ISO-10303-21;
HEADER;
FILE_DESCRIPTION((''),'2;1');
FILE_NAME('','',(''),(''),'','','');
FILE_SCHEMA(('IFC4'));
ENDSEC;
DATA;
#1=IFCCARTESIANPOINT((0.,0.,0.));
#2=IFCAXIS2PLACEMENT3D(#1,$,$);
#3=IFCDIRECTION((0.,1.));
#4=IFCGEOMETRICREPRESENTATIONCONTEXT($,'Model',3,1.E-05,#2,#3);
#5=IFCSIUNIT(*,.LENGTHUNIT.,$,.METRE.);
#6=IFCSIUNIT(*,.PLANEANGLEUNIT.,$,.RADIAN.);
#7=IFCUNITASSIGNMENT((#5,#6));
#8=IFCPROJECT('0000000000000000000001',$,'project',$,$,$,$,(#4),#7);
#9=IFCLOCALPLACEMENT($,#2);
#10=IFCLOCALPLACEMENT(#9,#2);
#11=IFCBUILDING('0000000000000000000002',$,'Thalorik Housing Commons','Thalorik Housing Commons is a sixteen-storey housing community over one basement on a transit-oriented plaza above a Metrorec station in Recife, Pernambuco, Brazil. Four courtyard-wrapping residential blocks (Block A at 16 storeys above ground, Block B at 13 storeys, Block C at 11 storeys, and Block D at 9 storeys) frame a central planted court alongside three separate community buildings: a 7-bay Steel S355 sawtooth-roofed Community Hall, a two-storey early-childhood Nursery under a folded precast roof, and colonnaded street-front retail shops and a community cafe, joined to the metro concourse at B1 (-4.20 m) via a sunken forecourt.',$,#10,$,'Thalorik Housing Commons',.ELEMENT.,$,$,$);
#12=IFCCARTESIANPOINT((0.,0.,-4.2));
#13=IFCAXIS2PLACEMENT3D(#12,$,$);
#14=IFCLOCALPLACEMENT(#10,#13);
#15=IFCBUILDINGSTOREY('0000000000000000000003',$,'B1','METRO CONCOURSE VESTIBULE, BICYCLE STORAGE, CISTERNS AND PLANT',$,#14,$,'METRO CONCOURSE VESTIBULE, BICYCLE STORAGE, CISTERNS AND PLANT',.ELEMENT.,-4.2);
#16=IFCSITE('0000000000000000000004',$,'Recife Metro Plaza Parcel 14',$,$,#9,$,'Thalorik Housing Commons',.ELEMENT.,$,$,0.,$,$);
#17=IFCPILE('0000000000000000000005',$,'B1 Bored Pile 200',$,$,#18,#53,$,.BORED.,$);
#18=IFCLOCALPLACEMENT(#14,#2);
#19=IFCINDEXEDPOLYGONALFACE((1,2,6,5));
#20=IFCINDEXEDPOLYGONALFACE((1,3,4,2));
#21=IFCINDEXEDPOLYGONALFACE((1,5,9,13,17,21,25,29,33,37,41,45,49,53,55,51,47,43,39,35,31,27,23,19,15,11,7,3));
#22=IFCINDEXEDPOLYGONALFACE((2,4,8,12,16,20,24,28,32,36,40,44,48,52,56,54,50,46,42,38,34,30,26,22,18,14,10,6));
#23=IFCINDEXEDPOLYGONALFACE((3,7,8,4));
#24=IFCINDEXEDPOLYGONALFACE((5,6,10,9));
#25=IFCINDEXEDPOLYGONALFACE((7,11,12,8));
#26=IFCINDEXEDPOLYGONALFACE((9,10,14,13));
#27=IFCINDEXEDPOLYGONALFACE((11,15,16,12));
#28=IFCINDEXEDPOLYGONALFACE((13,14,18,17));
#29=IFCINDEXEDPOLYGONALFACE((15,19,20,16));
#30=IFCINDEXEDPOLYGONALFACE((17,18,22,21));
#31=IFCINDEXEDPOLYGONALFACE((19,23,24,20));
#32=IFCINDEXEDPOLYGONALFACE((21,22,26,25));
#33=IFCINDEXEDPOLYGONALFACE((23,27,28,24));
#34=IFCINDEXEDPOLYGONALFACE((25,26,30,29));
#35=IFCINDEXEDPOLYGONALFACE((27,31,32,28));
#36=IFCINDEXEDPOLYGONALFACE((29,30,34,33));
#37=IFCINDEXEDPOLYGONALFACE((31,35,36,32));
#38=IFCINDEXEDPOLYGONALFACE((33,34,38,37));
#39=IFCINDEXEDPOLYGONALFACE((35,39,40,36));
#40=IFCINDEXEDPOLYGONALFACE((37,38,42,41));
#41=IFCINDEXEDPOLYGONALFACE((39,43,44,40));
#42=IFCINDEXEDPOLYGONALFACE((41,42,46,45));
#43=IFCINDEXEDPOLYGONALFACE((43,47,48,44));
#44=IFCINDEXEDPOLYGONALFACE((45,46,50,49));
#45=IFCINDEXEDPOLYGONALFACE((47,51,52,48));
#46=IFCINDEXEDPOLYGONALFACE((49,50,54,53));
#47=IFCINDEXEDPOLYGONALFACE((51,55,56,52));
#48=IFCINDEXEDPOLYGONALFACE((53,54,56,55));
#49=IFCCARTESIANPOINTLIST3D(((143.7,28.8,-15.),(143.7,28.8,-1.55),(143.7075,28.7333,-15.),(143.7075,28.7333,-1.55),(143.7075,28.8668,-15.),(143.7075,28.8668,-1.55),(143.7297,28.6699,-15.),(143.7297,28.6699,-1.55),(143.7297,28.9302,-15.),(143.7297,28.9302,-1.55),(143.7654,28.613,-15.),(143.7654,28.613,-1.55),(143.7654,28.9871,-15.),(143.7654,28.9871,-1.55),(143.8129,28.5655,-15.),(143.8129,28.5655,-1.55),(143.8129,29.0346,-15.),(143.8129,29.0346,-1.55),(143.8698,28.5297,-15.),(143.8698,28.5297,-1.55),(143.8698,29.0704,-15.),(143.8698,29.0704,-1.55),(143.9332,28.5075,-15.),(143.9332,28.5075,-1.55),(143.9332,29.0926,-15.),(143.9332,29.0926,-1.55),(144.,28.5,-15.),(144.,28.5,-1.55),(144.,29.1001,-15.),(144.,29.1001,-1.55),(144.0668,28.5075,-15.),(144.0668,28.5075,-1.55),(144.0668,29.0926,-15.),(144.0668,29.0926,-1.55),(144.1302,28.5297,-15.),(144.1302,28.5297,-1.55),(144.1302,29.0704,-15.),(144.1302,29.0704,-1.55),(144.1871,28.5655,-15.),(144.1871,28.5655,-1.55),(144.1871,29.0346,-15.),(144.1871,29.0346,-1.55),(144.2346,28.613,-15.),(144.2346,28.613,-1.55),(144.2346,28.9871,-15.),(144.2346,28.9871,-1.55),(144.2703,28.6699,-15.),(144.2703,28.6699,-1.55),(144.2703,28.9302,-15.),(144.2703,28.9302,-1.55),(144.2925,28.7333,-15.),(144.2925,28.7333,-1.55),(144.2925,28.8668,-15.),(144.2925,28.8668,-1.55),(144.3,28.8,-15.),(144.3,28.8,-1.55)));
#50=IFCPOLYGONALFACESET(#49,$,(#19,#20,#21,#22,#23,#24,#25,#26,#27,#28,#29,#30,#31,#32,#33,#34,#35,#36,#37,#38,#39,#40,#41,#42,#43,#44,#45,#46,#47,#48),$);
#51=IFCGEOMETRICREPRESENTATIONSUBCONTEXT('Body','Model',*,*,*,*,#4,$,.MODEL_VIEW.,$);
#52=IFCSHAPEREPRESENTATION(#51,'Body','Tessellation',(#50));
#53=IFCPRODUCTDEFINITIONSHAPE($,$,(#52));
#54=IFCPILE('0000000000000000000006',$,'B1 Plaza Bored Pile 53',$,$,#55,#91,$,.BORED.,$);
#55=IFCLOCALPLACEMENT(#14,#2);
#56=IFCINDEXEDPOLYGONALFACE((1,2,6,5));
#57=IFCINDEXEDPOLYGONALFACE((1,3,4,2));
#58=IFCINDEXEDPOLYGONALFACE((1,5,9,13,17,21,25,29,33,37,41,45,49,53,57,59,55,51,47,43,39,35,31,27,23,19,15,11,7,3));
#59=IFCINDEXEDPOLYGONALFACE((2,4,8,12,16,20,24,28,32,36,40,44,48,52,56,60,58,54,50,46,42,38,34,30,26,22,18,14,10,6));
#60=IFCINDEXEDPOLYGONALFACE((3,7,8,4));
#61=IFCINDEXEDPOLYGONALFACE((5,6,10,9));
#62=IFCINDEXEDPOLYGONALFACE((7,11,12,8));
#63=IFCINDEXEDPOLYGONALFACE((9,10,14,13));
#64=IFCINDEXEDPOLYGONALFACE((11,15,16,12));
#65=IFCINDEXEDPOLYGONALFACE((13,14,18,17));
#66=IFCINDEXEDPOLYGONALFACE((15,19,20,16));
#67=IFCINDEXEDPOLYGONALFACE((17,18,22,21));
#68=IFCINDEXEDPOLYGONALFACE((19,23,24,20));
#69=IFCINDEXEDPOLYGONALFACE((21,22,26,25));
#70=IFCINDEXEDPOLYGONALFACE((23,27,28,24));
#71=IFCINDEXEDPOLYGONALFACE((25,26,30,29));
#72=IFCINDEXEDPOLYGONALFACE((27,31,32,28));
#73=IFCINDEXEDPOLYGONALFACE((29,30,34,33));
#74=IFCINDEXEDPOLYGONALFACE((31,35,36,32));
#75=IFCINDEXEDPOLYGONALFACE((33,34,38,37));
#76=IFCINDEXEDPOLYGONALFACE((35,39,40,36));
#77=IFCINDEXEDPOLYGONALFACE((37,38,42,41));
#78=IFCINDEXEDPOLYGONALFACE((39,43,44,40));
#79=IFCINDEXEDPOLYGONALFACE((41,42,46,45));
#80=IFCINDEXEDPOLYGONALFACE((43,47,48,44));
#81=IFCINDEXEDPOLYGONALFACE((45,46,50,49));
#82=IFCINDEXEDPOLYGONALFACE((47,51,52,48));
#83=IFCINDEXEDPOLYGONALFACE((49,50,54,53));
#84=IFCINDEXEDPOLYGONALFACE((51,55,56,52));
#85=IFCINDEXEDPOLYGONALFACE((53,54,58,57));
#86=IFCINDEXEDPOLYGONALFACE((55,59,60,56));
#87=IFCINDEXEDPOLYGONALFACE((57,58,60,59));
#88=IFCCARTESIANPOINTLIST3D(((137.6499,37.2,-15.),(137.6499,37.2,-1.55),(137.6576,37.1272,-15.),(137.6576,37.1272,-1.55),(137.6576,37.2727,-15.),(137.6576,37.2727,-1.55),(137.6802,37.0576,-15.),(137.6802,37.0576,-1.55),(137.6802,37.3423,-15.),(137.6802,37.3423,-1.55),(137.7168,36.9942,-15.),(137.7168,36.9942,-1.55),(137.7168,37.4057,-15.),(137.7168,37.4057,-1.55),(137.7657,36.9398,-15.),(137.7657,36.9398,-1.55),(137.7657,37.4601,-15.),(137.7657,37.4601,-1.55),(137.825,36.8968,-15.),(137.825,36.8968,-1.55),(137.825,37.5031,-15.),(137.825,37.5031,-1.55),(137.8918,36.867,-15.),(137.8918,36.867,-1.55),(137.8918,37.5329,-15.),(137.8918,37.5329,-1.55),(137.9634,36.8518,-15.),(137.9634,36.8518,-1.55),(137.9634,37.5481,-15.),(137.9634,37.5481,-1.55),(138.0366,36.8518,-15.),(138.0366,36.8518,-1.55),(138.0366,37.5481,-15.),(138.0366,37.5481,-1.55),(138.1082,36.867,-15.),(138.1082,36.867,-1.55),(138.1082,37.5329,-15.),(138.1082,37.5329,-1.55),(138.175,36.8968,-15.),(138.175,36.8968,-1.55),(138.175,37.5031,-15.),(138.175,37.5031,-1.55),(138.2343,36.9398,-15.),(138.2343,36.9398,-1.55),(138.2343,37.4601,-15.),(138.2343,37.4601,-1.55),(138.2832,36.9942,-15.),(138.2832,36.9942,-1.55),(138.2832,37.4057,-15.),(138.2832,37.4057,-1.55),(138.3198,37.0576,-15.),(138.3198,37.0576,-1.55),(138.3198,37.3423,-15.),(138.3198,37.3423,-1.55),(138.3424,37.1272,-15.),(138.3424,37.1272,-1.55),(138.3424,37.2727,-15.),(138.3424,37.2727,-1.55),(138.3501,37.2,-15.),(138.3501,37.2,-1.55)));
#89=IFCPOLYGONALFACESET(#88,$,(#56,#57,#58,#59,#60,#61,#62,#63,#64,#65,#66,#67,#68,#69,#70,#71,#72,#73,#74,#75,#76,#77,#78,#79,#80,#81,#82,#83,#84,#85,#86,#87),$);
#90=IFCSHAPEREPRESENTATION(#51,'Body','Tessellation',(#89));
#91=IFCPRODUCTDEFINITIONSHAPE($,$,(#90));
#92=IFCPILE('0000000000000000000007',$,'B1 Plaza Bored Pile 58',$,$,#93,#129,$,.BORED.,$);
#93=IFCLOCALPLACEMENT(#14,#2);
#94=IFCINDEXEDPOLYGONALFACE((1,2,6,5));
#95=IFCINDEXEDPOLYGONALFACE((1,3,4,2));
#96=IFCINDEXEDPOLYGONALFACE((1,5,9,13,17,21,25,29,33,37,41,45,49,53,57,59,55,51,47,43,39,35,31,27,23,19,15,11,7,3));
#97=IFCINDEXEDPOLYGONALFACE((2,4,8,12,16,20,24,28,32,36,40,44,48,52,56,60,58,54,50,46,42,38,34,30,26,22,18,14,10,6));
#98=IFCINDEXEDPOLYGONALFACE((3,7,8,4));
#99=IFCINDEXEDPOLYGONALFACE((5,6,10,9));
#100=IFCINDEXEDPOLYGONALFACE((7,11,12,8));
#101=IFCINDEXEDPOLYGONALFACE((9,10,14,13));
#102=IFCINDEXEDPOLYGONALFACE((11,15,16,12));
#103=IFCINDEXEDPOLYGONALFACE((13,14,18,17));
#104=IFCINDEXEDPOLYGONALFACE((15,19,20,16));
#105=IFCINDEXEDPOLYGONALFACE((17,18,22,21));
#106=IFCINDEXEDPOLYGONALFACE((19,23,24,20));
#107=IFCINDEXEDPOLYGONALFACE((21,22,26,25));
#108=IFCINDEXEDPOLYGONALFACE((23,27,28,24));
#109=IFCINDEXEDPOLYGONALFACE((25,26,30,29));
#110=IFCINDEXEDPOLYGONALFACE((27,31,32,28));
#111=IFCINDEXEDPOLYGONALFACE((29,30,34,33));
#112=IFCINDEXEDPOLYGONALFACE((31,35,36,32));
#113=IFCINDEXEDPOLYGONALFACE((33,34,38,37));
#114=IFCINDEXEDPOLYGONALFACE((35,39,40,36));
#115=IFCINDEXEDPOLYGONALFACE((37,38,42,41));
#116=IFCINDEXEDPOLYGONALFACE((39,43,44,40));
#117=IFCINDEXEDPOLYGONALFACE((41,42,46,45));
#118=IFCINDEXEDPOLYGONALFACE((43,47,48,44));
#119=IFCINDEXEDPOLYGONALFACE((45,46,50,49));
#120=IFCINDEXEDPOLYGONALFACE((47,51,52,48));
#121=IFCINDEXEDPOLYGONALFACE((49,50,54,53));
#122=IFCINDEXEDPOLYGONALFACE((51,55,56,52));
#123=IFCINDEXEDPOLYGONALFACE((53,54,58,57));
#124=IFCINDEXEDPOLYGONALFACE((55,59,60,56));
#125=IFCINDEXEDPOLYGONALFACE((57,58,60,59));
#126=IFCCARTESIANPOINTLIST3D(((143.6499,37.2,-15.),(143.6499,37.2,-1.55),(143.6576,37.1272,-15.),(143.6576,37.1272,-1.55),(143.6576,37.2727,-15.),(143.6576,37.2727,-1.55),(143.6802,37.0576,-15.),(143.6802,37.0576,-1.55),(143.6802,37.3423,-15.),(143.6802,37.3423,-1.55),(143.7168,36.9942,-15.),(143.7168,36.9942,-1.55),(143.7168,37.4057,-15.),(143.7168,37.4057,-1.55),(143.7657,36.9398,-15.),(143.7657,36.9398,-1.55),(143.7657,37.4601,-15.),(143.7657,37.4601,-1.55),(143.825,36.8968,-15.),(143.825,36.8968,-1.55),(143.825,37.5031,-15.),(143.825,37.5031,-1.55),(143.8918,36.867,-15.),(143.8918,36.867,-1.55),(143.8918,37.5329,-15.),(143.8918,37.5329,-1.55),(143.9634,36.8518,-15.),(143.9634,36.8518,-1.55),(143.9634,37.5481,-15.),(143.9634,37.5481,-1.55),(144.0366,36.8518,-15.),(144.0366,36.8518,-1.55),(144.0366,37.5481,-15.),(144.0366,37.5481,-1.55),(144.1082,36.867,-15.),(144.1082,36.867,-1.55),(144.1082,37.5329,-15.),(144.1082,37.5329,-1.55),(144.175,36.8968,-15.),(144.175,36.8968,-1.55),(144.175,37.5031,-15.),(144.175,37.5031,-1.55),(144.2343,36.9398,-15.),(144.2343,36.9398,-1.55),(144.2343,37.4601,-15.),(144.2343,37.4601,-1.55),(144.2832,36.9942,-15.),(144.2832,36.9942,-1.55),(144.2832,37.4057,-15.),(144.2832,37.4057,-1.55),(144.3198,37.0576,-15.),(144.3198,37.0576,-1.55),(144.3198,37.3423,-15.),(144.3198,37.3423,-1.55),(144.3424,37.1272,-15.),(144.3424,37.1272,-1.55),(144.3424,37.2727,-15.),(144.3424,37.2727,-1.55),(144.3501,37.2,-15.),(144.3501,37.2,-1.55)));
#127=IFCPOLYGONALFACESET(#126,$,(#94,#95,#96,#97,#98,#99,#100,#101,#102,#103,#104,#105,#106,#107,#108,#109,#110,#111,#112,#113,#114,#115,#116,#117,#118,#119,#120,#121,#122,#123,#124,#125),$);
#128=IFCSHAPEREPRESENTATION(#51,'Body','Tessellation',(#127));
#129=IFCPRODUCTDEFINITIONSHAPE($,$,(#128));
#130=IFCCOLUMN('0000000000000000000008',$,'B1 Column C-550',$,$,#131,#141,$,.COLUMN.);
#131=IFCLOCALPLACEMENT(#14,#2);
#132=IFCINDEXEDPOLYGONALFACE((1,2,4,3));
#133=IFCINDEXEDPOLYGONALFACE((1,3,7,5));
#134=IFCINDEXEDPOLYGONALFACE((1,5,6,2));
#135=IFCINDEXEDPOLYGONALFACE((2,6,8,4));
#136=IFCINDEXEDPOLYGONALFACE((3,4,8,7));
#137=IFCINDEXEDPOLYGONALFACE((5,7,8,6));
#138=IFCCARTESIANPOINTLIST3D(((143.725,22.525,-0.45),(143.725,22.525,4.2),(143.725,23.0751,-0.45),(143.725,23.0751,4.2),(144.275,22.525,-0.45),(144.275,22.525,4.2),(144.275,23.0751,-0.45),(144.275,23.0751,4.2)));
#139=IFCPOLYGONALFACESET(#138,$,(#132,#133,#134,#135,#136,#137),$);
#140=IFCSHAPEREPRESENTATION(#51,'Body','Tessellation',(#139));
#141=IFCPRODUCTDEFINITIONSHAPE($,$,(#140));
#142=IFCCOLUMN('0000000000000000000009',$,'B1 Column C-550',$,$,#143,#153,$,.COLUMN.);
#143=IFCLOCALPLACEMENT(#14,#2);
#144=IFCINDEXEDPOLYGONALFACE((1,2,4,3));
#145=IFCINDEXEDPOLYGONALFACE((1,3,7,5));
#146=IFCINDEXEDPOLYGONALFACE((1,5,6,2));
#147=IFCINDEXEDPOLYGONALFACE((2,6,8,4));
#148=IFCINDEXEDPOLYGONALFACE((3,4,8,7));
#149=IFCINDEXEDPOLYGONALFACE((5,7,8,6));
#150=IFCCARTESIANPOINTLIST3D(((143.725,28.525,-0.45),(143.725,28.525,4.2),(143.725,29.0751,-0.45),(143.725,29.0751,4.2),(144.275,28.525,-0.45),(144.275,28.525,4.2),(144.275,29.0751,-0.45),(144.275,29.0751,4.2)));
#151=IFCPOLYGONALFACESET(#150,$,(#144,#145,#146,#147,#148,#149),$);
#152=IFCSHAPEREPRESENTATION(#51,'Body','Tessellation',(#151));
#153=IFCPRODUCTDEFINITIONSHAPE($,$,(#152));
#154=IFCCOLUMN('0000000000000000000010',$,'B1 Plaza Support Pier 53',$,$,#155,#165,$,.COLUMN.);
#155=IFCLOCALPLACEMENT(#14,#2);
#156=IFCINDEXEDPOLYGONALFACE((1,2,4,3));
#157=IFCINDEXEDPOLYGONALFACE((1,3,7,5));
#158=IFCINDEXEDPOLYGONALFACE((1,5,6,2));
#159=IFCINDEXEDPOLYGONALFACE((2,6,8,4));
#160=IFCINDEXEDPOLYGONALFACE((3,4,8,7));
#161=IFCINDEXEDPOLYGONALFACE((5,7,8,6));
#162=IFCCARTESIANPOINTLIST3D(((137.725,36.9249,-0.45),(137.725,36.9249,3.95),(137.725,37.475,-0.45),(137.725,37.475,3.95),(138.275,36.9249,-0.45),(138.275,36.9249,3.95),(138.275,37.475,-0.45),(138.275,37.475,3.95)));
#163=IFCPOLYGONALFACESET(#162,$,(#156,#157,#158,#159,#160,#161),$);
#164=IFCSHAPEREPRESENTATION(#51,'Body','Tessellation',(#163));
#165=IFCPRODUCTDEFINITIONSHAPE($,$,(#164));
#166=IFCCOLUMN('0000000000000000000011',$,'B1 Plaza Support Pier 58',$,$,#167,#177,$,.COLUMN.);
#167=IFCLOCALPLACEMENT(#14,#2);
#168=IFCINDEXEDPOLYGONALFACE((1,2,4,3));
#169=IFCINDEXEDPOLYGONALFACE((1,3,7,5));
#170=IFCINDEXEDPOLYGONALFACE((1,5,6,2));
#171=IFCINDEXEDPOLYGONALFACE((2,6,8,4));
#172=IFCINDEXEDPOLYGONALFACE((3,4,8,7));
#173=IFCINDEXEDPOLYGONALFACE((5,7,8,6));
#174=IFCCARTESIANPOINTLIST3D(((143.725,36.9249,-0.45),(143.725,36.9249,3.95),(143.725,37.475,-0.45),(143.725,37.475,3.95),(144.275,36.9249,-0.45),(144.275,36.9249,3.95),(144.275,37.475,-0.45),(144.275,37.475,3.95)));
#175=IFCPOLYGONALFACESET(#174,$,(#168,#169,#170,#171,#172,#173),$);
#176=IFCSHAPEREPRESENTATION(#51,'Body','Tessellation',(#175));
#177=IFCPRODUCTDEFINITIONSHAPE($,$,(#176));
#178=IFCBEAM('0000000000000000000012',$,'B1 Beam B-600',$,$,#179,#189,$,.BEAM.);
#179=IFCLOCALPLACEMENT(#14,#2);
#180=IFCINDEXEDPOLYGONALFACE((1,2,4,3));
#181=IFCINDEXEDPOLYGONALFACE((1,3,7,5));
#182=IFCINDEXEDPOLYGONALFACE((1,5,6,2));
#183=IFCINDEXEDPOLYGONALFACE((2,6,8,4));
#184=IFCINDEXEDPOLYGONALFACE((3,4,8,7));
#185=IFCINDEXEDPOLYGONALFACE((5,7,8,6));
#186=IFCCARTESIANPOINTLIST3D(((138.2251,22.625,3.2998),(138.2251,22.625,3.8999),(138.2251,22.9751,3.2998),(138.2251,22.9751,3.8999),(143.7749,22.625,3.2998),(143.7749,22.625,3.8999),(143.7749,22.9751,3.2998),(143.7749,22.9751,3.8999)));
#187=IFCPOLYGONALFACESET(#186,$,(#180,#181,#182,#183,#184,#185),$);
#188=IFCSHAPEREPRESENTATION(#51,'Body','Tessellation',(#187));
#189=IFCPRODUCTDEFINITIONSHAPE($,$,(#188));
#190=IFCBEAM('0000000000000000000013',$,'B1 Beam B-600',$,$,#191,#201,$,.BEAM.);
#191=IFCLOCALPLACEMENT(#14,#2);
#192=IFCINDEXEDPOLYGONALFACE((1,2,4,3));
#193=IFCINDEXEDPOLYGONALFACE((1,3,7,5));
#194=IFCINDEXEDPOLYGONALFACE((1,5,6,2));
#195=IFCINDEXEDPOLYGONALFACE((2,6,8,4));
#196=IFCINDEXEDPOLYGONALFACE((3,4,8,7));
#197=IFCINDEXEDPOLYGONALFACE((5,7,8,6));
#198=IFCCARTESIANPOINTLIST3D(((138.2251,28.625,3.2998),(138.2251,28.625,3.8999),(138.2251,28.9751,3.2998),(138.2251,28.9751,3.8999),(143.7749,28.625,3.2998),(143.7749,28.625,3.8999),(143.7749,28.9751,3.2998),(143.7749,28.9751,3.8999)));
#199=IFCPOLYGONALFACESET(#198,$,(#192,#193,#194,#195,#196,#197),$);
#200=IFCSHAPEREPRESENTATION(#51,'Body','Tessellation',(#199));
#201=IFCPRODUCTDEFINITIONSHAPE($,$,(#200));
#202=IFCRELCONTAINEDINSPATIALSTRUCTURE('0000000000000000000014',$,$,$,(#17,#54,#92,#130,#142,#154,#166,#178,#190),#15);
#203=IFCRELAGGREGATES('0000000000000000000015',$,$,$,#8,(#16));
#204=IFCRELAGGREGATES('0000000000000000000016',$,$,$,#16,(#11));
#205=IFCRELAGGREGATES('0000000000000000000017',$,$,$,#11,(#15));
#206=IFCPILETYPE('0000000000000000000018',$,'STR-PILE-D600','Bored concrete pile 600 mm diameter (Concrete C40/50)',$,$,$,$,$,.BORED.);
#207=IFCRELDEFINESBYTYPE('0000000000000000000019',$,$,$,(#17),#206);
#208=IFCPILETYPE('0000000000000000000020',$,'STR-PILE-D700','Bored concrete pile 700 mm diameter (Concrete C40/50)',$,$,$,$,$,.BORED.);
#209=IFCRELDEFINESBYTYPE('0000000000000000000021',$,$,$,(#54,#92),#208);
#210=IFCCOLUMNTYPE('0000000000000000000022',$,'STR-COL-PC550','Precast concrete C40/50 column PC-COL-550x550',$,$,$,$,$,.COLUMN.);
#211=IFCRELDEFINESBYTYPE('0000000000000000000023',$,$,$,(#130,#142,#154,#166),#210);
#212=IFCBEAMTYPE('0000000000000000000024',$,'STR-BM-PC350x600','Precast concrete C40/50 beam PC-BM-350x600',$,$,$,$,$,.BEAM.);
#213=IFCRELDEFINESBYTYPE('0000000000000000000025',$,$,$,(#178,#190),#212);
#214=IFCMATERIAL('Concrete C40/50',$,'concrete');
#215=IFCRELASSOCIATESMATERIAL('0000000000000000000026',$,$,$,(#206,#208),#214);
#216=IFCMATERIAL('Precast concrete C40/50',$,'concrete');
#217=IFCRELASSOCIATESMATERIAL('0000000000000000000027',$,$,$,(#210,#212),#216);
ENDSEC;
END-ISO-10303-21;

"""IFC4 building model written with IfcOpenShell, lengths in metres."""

from ifc_helpers import new_model, si_unit, direction, frame, origin, origin_2d, place, context, subcontext, project, spatial, rectangle, circle, extrude, material, material_profile, profile_set, type_object, element, save


model = new_model("IFC4")

# Units and contexts
model_context = context("Model", 3, precision=1e-05, world=origin(), true_north=direction((0.0, 1.0)))
body_context = subcontext(model_context, "Body", "Model", "MODEL_VIEW")
ifc_project = project(units=[si_unit("LENGTHUNIT", "METRE"), si_unit("PLANEANGLEUNIT", "RADIAN")], contexts=[model_context])

# Site, building, storey
site_placement = place(None, origin())
site = spatial("IfcSite", under=ifc_project, at=site_placement, Name="Recife Metro Plaza Parcel 14", LongName="Thalorik Housing Commons", CompositionType="ELEMENT", RefElevation=0.0)
building_placement = place(site_placement, origin())
building = spatial("IfcBuilding", under=site, at=building_placement, Name="Thalorik Housing Commons", Description="Thalorik Housing Commons is a sixteen-storey housing community over one basement on a transit-oriented plaza above a Metrorec station in Recife, Pernambuco, Brazil. Four courtyard-wrapping residential blocks (Block A at 16 storeys above ground, Block B at 13 storeys, Block C at 11 storeys, and Block D at 9 storeys) frame a central planted court alongside three separate community buildings: a 7-bay Steel S355 sawtooth-roofed Community Hall, a two-storey early-childhood Nursery under a folded precast roof, and colonnaded street-front retail shops and a community cafe, joined to the metro concourse at B1 (-4.20 m) via a sunken forecourt.", LongName="Thalorik Housing Commons", CompositionType="ELEMENT")
storey_placement = place(building_placement, frame((0.0, 0.0, -4.2)))
storey = spatial("IfcBuildingStorey", under=building, at=storey_placement, Name="B1", Description="METRO CONCOURSE VESTIBULE, BICYCLE STORAGE, CISTERNS AND PLANT", LongName="METRO CONCOURSE VESTIBULE, BICYCLE STORAGE, CISTERNS AND PLANT", CompositionType="ELEMENT", Elevation=-4.2)

# Shared definitions
ifc_material_1 = material(Name="Concrete C40/50", Category="concrete")

# Piles
ifc_material_profile_1 = material_profile(ifc_material_1, circle(Radius=0.3, at=origin_2d()), Name="BORED PILE D600", Category="concrete")
ifc_profile_set_1 = profile_set([ifc_material_profile_1], Name="Concrete C40/50")
pile_type_1 = type_object("IfcPileType", Name="STR-PILE-D600", Description="Bored concrete pile 600 mm diameter (Concrete C40/50)", PredefinedType="BORED", material=ifc_profile_set_1)
for number, where, z_axis, x_axis, name in (
    (1, (144.0, 28.8, -1.55), (0.0, 0.0, -1.0), (1.0, 0.0, 0.0), "B1 Bored Pile 200"),
):
    element("IfcPile", number, at=place(storey_placement, frame(where, z_axis=z_axis, x_axis=x_axis)), inside=storey, type_object=pile_type_1, Name=name, PredefinedType="BORED", context=body_context, shape_type="SweptSolid", body=[
        extrude(circle(Radius=0.3, at=origin_2d()), origin(), (0.0, 0.0, 1.0), 13.45),
    ])
ifc_material_profile_2 = material_profile(ifc_material_1, circle(Radius=0.3501, at=origin_2d()), Name="BORED PILE D700", Category="concrete")
ifc_profile_set_2 = profile_set([ifc_material_profile_2], Name="Concrete C40/50")
pile_type_2 = type_object("IfcPileType", Name="STR-PILE-D700", Description="Bored concrete pile 700 mm diameter (Concrete C40/50)", PredefinedType="BORED", material=ifc_profile_set_2)
for number, where, z_axis, x_axis, name in (
    (2, (138.0, 37.2, -1.55), (0.0, 0.0, -1.0), (1.0, 0.0, 0.0), "B1 Plaza Bored Pile 53"),
    (3, (144.0, 37.2, -1.55), (0.0, 0.0, -1.0), (1.0, 0.0, 0.0), "B1 Plaza Bored Pile 58"),
):
    element("IfcPile", number, at=place(storey_placement, frame(where, z_axis=z_axis, x_axis=x_axis)), inside=storey, type_object=pile_type_2, Name=name, PredefinedType="BORED", context=body_context, shape_type="SweptSolid", body=[
        extrude(circle(Radius=0.3501, at=origin_2d()), origin(), (0.0, 0.0, 1.0), 13.45),
    ])

# Columns
ifc_material_2 = material(Name="Precast concrete C40/50", Category="concrete")
ifc_material_profile_3 = material_profile(ifc_material_2, rectangle(XDim=0.55, YDim=0.55, at=origin_2d()), Name="PC 550x550", Category="concrete")
ifc_profile_set_3 = profile_set([ifc_material_profile_3], Name="Precast concrete C40/50")
column_type = type_object("IfcColumnType", Name="STR-COL-PC550", Description="Precast concrete C40/50 column PC-COL-550x550", PredefinedType="COLUMN", material=ifc_profile_set_3)
for number, where, z_axis, x_axis, name in (
    (4, (144.0, 22.8, -0.45), (0.0, 0.0, 1.0), (1.0, 0.0, 0.0), "B1 Column C-550"),
    (5, (144.0, 28.8, -0.45), (0.0, 0.0, 1.0), (1.0, 0.0, 0.0), "B1 Column C-550"),
):
    element("IfcColumn", number, at=place(storey_placement, frame(where, z_axis=z_axis, x_axis=x_axis)), inside=storey, type_object=column_type, Name=name, PredefinedType="COLUMN", context=body_context, shape_type="SweptSolid", body=[
        extrude(rectangle(XDim=0.55, YDim=0.55, at=origin_2d()), origin(), (0.0, 0.0, 1.0), 4.6499),
    ])
for number, where, z_axis, x_axis, name in (
    (6, (138.0, 37.2, -0.45), (0.0, 0.0, 1.0), (1.0, 0.0, 0.0), "B1 Plaza Support Pier 53"),
    (7, (144.0, 37.2, -0.45), (0.0, 0.0, 1.0), (1.0, 0.0, 0.0), "B1 Plaza Support Pier 58"),
):
    element("IfcColumn", number, at=place(storey_placement, frame(where, z_axis=z_axis, x_axis=x_axis)), inside=storey, type_object=column_type, Name=name, PredefinedType="COLUMN", context=body_context, shape_type="SweptSolid", body=[
        extrude(rectangle(XDim=0.55, YDim=0.55, at=origin_2d()), origin(), (0.0, 0.0, 1.0), 4.3999),
    ])

# Beams
ifc_material_profile_4 = material_profile(ifc_material_2, rectangle(XDim=0.3501, YDim=0.6001, at=origin_2d()), Name="PC 350x600", Category="concrete")
ifc_profile_set_4 = profile_set([ifc_material_profile_4], Name="Precast concrete C40/50")
beam_type_1 = type_object("IfcBeamType", Name="STR-BM-PC350x600", Description="Precast concrete C40/50 beam PC-BM-350x600", PredefinedType="BEAM", material=ifc_profile_set_4)
for number, where, z_axis, x_axis, name in (
    (8, (138.2251, 22.8, 3.5999), (1.0, 0.0, 0.0), (0.0, 1.0, 0.0), "B1 Beam B-600"),
    (9, (138.2251, 28.8, 3.5999), (1.0, 0.0, 0.0), (0.0, 1.0, 0.0), "B1 Beam B-600"),
):
    element("IfcBeam", number, at=place(storey_placement, frame(where, z_axis=z_axis, x_axis=x_axis)), inside=storey, type_object=beam_type_1, Name=name, PredefinedType="BEAM", context=body_context, shape_type="SweptSolid", body=[
        extrude(rectangle(XDim=0.3501, YDim=0.6001, at=origin_2d()), origin(), (0.0, 0.0, 1.0), 5.5498),
    ])

save(model, "model.ifc")
